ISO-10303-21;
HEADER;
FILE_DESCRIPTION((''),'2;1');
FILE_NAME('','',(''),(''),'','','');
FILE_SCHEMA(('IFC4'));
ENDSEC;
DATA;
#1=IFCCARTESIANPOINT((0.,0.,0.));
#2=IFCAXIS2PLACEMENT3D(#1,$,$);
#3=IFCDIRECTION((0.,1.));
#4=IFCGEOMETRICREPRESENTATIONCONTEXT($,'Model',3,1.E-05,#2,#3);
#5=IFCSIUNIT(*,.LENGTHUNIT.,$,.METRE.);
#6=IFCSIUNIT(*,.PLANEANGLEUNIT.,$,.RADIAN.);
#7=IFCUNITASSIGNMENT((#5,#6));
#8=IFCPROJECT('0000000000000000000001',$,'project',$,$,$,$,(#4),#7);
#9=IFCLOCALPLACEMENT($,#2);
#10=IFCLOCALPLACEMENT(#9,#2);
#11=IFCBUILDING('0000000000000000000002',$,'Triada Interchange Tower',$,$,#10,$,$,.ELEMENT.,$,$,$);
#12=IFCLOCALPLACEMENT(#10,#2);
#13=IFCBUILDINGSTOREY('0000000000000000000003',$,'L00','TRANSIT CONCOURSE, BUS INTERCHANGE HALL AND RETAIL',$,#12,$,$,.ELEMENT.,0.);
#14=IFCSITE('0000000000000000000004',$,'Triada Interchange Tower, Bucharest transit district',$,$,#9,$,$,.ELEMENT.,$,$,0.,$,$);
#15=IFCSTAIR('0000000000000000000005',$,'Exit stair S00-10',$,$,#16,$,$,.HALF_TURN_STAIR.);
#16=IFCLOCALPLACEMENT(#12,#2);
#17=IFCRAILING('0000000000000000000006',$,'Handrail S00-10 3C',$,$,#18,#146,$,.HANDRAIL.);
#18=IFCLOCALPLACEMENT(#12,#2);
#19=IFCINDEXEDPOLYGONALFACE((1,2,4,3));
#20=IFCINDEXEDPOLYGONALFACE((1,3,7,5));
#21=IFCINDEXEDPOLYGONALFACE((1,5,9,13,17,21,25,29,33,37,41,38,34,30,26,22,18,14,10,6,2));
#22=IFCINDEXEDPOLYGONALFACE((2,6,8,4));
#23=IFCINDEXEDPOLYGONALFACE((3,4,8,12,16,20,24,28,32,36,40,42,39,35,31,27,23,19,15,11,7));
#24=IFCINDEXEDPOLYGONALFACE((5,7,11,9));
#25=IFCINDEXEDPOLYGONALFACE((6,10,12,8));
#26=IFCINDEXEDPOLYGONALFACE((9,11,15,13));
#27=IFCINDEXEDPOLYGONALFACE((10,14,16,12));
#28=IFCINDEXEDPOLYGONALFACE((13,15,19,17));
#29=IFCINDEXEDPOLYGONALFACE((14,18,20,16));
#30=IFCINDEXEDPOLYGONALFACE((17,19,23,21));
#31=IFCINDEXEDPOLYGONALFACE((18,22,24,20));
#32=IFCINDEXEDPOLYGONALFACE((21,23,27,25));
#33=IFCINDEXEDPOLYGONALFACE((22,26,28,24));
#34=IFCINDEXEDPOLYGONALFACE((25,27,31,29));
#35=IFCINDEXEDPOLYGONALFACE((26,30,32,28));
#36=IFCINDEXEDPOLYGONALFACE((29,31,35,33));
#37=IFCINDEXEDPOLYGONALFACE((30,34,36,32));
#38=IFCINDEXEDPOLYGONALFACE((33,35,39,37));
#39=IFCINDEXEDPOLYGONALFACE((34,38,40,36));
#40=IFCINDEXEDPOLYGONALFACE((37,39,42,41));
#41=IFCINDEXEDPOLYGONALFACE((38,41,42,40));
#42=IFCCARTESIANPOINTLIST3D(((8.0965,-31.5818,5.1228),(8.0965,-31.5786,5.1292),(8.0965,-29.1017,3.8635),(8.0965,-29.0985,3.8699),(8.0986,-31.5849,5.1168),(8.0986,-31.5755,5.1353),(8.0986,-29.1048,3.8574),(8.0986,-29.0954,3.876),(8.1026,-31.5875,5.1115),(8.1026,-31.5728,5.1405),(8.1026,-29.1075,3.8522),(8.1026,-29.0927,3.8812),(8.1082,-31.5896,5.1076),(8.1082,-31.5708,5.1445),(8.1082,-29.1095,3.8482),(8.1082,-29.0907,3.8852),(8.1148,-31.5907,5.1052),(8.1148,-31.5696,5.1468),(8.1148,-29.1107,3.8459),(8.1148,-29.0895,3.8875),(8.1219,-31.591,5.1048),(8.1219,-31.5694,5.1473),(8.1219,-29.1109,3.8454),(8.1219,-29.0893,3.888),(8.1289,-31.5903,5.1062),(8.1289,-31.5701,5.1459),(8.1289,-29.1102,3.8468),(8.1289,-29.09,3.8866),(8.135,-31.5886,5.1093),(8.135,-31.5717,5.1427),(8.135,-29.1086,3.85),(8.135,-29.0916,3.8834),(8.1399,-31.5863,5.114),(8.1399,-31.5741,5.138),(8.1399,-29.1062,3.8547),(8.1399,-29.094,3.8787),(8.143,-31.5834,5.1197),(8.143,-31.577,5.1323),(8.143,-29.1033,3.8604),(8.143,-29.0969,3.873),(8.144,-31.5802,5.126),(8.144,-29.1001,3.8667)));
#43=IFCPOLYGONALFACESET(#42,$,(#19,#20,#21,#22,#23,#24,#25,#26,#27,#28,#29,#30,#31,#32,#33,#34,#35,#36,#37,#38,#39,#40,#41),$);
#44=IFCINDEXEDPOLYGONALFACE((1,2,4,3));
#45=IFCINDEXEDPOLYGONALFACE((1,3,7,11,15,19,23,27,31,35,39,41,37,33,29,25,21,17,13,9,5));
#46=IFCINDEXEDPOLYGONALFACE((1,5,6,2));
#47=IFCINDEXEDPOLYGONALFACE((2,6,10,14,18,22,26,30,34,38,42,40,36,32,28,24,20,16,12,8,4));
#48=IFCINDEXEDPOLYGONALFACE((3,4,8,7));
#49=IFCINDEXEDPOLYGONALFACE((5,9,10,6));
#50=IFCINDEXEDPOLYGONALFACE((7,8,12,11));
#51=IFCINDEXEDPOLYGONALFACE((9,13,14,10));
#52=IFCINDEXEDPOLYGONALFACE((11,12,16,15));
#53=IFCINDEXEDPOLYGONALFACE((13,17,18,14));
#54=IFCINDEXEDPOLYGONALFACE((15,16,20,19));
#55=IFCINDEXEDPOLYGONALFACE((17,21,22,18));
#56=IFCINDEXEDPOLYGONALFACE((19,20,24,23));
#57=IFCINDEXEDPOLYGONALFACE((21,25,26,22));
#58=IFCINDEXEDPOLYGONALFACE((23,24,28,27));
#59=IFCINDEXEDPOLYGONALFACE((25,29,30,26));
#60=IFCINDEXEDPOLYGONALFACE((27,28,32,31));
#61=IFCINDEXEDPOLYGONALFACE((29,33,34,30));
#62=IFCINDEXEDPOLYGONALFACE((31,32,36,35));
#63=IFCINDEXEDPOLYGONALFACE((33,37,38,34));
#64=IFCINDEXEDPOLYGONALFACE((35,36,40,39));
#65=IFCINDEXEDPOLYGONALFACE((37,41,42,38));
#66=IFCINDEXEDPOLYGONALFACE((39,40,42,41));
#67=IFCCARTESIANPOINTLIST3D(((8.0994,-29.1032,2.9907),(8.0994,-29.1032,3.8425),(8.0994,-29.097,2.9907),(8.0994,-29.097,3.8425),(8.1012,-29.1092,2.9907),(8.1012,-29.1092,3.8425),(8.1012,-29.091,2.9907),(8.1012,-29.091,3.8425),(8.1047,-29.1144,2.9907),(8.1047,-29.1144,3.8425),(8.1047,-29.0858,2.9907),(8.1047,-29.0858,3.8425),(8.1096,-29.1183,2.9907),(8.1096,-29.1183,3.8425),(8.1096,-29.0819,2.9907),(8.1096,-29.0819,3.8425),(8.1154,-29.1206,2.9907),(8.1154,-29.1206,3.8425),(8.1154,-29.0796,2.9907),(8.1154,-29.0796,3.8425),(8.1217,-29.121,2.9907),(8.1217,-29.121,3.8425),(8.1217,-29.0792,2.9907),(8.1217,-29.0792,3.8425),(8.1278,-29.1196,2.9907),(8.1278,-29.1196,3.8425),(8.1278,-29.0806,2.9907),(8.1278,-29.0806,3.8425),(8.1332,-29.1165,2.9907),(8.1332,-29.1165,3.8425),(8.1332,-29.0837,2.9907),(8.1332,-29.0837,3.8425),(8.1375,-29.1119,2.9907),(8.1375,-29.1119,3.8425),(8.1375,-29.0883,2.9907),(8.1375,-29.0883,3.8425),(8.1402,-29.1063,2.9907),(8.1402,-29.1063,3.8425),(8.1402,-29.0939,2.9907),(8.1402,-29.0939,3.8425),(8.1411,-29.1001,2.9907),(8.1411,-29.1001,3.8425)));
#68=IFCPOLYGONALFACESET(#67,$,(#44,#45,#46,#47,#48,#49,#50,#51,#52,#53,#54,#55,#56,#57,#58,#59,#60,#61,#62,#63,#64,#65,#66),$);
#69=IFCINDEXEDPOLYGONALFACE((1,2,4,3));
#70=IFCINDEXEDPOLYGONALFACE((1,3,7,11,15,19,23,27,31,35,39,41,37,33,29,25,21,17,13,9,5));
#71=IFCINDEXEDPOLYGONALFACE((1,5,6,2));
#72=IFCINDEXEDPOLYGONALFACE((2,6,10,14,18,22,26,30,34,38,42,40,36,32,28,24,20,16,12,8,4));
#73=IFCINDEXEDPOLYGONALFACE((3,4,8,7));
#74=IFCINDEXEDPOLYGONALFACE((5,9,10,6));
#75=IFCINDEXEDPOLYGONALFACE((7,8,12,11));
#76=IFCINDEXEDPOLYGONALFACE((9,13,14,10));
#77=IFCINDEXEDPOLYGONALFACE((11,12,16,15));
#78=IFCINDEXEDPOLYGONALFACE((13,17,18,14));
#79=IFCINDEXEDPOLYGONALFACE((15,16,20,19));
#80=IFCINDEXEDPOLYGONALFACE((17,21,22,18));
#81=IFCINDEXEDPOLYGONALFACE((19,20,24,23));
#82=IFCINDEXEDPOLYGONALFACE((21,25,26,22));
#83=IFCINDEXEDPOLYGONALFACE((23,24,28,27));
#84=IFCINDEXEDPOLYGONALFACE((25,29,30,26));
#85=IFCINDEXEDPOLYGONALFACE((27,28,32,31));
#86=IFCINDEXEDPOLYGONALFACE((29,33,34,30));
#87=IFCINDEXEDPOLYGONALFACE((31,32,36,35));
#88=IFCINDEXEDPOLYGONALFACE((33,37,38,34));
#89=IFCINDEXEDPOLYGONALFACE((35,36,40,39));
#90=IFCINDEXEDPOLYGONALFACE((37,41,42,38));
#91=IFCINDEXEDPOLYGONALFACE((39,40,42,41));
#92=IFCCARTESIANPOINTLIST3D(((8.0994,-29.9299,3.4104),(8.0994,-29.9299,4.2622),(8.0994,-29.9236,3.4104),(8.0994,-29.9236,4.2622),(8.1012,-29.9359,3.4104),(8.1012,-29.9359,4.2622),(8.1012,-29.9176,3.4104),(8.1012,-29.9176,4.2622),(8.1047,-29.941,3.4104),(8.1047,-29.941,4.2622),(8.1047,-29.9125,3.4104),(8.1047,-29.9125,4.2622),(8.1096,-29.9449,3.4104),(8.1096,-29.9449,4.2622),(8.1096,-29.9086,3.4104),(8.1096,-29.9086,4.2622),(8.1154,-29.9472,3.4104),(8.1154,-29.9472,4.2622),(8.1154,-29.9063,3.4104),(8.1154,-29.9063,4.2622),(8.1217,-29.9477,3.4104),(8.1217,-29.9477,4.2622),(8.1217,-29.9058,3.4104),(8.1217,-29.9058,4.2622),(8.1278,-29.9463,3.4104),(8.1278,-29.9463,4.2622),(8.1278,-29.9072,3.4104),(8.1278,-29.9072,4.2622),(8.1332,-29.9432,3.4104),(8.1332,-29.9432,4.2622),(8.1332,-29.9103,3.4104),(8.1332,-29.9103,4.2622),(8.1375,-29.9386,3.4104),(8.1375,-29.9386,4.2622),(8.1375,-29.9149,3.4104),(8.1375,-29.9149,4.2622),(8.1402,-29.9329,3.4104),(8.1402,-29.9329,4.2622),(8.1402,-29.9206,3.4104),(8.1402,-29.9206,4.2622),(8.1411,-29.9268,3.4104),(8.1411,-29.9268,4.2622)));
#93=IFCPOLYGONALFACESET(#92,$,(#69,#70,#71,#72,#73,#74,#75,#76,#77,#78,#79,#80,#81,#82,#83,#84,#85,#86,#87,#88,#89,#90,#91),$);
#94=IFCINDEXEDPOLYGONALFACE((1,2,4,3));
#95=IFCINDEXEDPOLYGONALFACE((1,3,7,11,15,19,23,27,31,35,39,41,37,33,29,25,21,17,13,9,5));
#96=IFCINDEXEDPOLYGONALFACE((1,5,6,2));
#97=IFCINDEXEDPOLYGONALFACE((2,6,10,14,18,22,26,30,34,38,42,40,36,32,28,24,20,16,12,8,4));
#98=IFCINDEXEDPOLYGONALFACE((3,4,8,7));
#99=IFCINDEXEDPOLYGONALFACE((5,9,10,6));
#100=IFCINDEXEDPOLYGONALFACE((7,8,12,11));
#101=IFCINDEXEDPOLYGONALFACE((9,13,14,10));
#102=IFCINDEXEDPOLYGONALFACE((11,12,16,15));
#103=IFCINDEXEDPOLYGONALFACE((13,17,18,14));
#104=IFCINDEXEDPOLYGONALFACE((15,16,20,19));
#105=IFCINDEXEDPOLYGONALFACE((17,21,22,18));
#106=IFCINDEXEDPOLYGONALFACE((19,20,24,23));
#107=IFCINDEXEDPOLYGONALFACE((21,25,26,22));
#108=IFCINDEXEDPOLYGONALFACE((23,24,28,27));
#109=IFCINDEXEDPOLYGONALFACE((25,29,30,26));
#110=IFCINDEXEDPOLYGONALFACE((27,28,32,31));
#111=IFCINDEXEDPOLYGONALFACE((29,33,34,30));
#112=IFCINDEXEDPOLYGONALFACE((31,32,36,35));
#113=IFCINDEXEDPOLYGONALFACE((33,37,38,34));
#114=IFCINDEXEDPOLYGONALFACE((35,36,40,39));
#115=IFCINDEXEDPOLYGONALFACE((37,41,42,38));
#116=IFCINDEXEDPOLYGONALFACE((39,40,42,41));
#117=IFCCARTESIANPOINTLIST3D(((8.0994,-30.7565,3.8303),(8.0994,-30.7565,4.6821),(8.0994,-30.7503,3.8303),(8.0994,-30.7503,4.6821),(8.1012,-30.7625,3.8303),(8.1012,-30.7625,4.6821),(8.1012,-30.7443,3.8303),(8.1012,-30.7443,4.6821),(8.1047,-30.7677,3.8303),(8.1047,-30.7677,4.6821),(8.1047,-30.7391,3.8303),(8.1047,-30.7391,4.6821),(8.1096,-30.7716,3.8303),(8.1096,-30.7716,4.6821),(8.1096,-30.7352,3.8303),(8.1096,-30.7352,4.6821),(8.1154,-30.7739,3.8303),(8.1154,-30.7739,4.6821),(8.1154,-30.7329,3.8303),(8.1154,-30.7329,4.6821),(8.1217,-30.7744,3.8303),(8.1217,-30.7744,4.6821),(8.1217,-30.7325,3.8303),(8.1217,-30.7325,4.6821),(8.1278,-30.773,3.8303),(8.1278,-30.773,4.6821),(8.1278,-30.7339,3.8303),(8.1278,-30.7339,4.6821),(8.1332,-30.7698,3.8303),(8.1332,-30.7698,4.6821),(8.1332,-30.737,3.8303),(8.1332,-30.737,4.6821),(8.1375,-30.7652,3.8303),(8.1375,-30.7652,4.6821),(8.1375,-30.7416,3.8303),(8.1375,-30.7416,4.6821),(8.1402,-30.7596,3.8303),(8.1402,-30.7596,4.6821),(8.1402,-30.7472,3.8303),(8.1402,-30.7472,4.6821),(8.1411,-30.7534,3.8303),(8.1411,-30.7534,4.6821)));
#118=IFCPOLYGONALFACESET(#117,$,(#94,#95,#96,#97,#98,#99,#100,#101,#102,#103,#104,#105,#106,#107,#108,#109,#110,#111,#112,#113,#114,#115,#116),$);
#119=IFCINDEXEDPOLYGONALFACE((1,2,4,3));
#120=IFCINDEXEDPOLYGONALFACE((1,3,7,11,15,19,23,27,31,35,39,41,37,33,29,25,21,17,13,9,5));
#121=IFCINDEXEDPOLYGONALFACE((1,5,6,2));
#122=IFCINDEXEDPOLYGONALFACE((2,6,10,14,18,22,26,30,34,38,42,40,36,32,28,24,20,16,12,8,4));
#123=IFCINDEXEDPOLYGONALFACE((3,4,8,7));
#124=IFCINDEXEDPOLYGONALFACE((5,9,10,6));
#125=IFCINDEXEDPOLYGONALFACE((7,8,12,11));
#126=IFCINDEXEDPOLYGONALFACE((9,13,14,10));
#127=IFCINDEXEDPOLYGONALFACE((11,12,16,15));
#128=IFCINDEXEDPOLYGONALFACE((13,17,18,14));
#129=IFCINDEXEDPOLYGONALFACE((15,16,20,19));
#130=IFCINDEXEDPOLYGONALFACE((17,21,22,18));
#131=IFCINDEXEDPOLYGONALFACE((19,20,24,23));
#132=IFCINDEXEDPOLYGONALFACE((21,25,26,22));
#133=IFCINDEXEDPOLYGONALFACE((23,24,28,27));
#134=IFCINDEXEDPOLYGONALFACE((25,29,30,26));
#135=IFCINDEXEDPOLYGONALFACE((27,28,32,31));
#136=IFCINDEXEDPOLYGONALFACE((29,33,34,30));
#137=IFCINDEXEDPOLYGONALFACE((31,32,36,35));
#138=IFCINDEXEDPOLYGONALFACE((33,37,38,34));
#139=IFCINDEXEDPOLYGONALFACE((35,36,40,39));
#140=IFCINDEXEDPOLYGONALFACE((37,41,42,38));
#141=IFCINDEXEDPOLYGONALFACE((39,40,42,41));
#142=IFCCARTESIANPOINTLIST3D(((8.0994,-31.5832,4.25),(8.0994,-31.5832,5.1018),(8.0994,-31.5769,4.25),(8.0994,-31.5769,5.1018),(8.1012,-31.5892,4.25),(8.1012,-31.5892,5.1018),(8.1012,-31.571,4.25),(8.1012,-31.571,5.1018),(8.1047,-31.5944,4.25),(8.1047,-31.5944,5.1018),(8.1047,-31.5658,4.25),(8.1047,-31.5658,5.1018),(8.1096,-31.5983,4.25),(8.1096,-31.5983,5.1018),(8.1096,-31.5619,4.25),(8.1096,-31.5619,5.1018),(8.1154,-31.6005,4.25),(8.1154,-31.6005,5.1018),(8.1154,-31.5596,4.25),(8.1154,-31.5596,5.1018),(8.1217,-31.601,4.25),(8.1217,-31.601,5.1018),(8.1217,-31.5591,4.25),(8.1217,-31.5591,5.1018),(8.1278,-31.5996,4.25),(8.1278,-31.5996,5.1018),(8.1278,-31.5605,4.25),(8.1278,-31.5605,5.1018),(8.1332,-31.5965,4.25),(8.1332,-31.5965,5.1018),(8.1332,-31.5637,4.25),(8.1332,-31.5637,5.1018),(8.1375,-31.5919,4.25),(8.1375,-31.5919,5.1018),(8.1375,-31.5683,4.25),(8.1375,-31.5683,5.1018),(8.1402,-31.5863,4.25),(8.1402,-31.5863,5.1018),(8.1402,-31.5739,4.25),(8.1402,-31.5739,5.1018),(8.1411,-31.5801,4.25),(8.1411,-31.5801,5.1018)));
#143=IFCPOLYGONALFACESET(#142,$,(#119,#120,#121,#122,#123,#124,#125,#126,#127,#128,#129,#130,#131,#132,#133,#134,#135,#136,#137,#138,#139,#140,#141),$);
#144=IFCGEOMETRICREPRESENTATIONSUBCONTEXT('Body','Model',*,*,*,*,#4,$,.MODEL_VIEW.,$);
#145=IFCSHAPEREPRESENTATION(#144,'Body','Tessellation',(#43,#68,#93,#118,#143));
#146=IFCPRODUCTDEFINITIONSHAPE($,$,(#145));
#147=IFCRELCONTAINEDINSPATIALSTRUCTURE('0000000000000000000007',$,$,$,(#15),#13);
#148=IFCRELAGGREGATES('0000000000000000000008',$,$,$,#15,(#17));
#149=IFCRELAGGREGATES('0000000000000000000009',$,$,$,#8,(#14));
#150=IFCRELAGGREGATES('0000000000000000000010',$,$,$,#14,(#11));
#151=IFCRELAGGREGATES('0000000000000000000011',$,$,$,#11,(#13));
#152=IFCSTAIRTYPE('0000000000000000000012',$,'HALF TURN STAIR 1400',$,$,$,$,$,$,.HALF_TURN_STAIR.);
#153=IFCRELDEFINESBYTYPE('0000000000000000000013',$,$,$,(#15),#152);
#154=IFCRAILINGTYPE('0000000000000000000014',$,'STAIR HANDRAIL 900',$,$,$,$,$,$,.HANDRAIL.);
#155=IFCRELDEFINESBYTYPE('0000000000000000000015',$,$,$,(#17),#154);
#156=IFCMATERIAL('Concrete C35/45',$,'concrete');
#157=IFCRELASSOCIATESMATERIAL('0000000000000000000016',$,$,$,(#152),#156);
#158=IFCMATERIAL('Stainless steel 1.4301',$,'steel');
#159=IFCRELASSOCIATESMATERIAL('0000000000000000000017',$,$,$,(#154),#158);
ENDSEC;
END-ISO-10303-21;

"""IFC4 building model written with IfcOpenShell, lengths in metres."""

from ifc_helpers import new_model, si_unit, direction, frame, origin, origin_2d, place, context, subcontext, project, spatial, circle, extrude, material, type_object, element, aggregate, save


model = new_model("IFC4")

# Units and contexts
model_context = context("Model", 3, precision=1e-05, world=origin(), true_north=direction((0.0, 1.0)))
body_context = subcontext(model_context, "Body", "Model", "MODEL_VIEW")
ifc_project = project(units=[si_unit("LENGTHUNIT", "METRE"), si_unit("PLANEANGLEUNIT", "RADIAN")], contexts=[model_context])

# Site, building, storey
site_placement = place(None, origin())
site = spatial("IfcSite", under=ifc_project, at=site_placement, Name="Triada Interchange Tower, Bucharest transit district", CompositionType="ELEMENT", RefElevation=0.0)
building_placement = place(site_placement, origin())
building = spatial("IfcBuilding", under=site, at=building_placement, Name="Triada Interchange Tower", CompositionType="ELEMENT")
storey_placement = place(building_placement, origin())
storey = spatial("IfcBuildingStorey", under=building, at=storey_placement, Name="L00", Description="TRANSIT CONCOURSE, BUS INTERCHANGE HALL AND RETAIL", CompositionType="ELEMENT", Elevation=0.0)

# Stair, railing
ifc_material_1 = material(Name="Concrete C35/45", Category="concrete")
stair_type = type_object("IfcStairType", Name="HALF TURN STAIR 1400", PredefinedType="HALF_TURN_STAIR", material=ifc_material_1)
stair_placement = place(storey_placement, origin())
stair = element("IfcStair", 1, at=stair_placement, inside=storey, type_object=stair_type, Name="Exit stair S00-10", PredefinedType="HALF_TURN_STAIR")
ifc_material_2 = material(Name="Stainless steel 1.4301", Category="steel")
railing_type = type_object("IfcRailingType", Name="STAIR HANDRAIL 900", PredefinedType="HANDRAIL", material=ifc_material_2)
railing_1_placement = place(storey_placement, frame((8.1201, -29.1001, 2.9907)))
railing_1 = element("IfcRailing", 2, at=railing_1_placement, type_object=railing_type, Name="Handrail S00-10 3C", PredefinedType="HANDRAIL", context=body_context, shape_type="SweptSolid", body=[
    extrude(circle(Radius=0.0239, at=origin_2d()), frame((0.0, 0.0, 0.876), z_axis=(0.0, -0.891636, 0.452752), x_axis=(1.0, 0.0, 0.0)), (0.0, 0.0, 1.0), 2.7815),
    extrude(circle(Radius=0.021, at=origin_2d()), origin(), (0.0, 0.0, 1.0), 0.8518),
    extrude(circle(Radius=0.021, at=origin_2d()), frame((0.0, -0.8267, 0.4197)), (0.0, 0.0, 1.0), 0.8518),
    extrude(circle(Radius=0.021, at=origin_2d()), frame((0.0, -1.6533, 0.8396)), (0.0, 0.0, 1.0), 0.8518),
    extrude(circle(Radius=0.021, at=origin_2d()), frame((0.0, -2.48, 1.2593)), (0.0, 0.0, 1.0), 0.8518),
])
aggregate(stair, [railing_1])

save(model, "model.ifc")
